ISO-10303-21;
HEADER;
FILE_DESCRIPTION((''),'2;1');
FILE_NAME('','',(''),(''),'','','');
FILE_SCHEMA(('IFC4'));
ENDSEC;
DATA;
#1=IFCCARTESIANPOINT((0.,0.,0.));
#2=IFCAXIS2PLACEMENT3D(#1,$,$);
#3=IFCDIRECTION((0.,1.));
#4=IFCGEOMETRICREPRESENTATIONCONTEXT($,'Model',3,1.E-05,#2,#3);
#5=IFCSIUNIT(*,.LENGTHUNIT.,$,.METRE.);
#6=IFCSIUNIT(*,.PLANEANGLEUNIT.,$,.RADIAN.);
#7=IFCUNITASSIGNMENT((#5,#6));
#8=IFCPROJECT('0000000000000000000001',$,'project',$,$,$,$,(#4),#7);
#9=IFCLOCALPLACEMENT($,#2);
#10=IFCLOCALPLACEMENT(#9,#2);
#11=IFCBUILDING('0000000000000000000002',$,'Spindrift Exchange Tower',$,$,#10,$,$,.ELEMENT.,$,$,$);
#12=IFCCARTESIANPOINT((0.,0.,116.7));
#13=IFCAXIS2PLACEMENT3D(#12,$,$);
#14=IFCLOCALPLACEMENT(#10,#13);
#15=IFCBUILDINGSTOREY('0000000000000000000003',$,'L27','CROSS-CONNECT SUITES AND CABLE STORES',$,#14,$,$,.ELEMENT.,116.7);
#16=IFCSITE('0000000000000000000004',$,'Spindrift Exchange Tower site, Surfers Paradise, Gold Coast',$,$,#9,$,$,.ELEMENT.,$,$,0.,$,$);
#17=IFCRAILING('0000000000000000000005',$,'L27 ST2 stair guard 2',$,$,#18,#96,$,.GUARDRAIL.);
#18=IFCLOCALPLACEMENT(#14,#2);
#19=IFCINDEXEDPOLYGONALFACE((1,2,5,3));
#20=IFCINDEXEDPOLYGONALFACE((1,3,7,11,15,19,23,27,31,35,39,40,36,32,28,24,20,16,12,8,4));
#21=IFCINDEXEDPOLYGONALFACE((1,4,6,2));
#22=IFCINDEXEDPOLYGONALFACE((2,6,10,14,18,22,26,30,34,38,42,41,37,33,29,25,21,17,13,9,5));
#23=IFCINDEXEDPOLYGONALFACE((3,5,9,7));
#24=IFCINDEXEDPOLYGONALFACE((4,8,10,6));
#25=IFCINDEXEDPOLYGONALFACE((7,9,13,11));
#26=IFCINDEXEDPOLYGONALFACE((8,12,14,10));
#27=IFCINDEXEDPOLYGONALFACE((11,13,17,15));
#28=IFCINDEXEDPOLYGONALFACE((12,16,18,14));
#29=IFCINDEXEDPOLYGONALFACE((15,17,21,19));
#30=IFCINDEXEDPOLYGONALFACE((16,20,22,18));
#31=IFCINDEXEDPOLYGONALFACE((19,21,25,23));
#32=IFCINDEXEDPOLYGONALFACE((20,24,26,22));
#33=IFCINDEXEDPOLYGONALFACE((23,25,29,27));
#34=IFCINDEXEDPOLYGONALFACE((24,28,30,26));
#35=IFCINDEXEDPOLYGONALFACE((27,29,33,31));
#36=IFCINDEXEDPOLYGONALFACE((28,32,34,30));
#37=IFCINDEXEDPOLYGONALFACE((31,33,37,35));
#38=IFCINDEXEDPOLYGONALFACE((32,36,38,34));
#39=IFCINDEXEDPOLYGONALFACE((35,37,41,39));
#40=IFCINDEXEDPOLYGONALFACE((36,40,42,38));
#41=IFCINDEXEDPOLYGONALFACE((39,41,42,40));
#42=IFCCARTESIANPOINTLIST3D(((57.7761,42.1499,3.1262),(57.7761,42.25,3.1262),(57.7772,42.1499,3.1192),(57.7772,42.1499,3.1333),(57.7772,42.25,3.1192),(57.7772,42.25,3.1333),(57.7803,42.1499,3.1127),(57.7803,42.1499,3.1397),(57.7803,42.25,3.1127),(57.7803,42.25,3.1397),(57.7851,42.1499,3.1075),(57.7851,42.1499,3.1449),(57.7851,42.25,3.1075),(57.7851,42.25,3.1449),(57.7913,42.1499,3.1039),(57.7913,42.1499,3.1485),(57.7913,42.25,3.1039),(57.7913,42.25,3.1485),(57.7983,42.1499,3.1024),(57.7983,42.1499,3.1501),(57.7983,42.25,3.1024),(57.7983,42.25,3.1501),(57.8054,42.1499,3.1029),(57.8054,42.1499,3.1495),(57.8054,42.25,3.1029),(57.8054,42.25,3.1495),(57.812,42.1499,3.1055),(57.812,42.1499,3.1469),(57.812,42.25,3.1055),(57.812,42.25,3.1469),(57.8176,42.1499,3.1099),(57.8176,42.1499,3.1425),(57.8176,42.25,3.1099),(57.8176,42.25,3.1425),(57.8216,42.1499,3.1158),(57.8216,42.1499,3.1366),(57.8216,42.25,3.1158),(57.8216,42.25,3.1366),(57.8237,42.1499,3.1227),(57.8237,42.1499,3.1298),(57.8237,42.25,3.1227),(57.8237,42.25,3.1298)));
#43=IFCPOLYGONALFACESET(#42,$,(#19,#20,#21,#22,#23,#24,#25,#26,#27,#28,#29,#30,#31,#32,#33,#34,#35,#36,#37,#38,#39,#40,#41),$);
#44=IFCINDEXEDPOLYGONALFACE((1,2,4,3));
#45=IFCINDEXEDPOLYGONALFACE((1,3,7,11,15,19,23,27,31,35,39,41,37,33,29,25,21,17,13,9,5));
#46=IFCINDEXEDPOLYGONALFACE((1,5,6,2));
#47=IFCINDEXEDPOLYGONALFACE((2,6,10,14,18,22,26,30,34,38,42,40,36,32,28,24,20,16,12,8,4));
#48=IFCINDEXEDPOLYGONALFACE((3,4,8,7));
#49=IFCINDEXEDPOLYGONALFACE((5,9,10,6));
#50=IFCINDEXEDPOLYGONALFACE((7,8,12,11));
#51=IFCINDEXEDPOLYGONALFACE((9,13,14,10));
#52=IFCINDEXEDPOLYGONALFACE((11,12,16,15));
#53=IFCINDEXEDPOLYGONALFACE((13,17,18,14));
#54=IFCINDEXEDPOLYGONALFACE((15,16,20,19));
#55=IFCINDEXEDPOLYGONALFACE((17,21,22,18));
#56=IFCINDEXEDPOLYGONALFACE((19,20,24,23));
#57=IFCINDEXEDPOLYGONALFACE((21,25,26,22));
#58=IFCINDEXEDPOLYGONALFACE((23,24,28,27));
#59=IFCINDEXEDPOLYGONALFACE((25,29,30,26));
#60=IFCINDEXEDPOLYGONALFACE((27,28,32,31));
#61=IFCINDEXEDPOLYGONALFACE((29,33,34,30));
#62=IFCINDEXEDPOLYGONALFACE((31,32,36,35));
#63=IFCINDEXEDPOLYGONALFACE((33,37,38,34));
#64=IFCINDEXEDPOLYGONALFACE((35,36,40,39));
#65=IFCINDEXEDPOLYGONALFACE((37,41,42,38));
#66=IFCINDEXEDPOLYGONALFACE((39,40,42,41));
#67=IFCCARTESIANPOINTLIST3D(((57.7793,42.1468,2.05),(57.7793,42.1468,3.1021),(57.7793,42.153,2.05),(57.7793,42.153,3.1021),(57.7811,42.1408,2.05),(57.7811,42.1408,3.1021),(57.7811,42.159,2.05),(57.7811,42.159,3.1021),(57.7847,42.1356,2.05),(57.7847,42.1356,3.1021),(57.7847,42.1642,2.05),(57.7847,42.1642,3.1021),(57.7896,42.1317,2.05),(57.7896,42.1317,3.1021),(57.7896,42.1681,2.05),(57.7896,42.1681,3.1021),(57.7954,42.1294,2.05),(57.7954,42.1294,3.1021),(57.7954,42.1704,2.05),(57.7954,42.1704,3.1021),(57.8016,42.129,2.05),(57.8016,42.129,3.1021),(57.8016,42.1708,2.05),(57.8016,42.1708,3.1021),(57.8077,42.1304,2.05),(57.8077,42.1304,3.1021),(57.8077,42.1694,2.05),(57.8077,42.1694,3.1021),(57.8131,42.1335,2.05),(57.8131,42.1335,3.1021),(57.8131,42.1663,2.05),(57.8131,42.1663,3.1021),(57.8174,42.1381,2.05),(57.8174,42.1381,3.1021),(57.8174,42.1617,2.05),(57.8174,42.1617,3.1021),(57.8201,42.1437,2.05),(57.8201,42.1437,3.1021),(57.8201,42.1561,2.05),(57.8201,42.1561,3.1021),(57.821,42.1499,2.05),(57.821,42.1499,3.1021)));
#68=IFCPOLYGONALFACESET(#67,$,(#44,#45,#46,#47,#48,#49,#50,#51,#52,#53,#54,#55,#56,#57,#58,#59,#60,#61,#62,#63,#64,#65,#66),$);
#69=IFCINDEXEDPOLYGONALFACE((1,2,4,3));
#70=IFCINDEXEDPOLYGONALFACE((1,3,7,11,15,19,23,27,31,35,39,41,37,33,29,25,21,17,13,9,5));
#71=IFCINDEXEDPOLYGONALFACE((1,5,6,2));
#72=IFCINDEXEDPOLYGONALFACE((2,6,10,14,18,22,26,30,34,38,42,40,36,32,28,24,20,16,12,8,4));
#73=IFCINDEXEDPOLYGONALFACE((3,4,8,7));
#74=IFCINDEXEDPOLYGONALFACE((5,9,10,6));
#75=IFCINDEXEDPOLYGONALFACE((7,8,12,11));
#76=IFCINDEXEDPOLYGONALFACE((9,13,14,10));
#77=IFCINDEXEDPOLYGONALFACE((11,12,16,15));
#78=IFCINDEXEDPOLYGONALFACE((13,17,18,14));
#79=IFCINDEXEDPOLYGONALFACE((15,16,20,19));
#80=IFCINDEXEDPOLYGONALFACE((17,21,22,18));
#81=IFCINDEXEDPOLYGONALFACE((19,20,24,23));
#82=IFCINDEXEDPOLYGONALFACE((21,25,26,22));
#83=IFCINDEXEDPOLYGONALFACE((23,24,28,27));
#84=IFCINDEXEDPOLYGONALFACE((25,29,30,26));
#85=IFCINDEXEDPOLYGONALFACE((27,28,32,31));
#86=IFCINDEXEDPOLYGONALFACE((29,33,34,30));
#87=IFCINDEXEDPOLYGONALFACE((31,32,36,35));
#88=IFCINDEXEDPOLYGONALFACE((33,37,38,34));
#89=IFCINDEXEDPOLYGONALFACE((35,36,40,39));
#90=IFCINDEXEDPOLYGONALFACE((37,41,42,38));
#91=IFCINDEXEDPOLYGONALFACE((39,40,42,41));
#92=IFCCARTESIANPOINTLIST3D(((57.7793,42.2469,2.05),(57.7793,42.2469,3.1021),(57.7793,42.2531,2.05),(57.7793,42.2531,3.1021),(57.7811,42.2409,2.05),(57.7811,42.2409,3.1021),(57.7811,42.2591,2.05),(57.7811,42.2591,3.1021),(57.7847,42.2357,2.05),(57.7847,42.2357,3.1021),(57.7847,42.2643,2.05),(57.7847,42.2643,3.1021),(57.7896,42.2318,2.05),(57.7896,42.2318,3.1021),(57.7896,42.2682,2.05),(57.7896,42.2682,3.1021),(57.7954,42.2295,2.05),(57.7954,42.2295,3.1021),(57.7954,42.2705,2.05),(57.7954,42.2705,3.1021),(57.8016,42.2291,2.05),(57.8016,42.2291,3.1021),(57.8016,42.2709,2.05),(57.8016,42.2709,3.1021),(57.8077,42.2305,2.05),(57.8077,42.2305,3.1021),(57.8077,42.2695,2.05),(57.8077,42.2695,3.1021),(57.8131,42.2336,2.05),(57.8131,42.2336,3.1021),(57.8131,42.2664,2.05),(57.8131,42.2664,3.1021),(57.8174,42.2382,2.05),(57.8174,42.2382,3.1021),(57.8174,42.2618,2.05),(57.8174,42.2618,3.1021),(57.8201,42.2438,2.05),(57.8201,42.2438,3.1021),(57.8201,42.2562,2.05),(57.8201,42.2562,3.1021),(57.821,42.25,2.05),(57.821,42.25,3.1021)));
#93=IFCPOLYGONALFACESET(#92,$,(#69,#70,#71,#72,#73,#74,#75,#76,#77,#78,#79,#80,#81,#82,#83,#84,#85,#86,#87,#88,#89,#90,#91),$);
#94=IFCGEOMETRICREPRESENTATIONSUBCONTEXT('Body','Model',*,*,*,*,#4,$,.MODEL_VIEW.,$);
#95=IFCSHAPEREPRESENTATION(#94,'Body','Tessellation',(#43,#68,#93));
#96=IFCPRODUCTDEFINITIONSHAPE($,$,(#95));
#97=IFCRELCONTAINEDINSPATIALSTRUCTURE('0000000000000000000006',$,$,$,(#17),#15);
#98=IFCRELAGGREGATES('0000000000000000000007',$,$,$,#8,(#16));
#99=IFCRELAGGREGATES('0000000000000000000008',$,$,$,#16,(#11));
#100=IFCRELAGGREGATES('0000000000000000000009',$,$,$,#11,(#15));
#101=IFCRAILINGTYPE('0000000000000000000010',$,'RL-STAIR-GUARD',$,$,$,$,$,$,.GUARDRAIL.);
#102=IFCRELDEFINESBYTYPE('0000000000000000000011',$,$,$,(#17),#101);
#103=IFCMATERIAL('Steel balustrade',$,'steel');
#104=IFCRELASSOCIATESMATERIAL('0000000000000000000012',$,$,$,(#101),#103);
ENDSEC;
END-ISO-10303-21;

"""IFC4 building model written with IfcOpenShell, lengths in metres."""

from ifc_helpers import new_model, si_unit, direction, frame, origin, origin_2d, place, context, subcontext, project, spatial, circle, extrude, material, type_object, element, save


model = new_model("IFC4")

# Units and contexts
model_context = context("Model", 3, precision=1e-05, world=origin(), true_north=direction((0.0, 1.0)))
body_context = subcontext(model_context, "Body", "Model", "MODEL_VIEW")
ifc_project = project(units=[si_unit("LENGTHUNIT", "METRE"), si_unit("PLANEANGLEUNIT", "RADIAN")], contexts=[model_context])

# Site, building, storey
site_placement = place(None, origin())
site = spatial("IfcSite", under=ifc_project, at=site_placement, Name="Spindrift Exchange Tower site, Surfers Paradise, Gold Coast", CompositionType="ELEMENT", RefElevation=0.0)
building_placement = place(site_placement, origin())
building = spatial("IfcBuilding", under=site, at=building_placement, Name="Spindrift Exchange Tower", CompositionType="ELEMENT")
storey_placement = place(building_placement, frame((0.0, 0.0, 116.7)))
storey = spatial("IfcBuildingStorey", under=building, at=storey_placement, Name="L27", Description="CROSS-CONNECT SUITES AND CABLE STORES", CompositionType="ELEMENT", Elevation=116.7)

# Railing
ifc_material_1 = material(Name="Steel balustrade", Category="steel")
railing_type_1 = type_object("IfcRailingType", Name="RL-STAIR-GUARD", PredefinedType="GUARDRAIL", material=ifc_material_1)
railing_1_placement = place(storey_placement, frame((57.8, 42.1499, 2.05)))
element("IfcRailing", 1, at=railing_1_placement, inside=storey, type_object=railing_type_1, Name="L27 ST2 stair guard 2", PredefinedType="GUARDRAIL", context=body_context, shape_type="SweptSolid", body=[
    extrude(circle(Radius=0.0239, at=origin_2d()), frame((0.0, 0.0, 1.0762), z_axis=(0.0, 1.0, 0.0), x_axis=(-1.0, 0.0, 0.0)), (0.0, 0.0, 1.0), 0.1001),
    extrude(circle(Radius=0.021, at=origin_2d()), origin(), (0.0, 0.0, 1.0), 1.052),
    extrude(circle(Radius=0.021, at=origin_2d()), frame((0.0, 0.1001, 0.0)), (0.0, 0.0, 1.0), 1.052),
])

save(model, "model.ifc")
